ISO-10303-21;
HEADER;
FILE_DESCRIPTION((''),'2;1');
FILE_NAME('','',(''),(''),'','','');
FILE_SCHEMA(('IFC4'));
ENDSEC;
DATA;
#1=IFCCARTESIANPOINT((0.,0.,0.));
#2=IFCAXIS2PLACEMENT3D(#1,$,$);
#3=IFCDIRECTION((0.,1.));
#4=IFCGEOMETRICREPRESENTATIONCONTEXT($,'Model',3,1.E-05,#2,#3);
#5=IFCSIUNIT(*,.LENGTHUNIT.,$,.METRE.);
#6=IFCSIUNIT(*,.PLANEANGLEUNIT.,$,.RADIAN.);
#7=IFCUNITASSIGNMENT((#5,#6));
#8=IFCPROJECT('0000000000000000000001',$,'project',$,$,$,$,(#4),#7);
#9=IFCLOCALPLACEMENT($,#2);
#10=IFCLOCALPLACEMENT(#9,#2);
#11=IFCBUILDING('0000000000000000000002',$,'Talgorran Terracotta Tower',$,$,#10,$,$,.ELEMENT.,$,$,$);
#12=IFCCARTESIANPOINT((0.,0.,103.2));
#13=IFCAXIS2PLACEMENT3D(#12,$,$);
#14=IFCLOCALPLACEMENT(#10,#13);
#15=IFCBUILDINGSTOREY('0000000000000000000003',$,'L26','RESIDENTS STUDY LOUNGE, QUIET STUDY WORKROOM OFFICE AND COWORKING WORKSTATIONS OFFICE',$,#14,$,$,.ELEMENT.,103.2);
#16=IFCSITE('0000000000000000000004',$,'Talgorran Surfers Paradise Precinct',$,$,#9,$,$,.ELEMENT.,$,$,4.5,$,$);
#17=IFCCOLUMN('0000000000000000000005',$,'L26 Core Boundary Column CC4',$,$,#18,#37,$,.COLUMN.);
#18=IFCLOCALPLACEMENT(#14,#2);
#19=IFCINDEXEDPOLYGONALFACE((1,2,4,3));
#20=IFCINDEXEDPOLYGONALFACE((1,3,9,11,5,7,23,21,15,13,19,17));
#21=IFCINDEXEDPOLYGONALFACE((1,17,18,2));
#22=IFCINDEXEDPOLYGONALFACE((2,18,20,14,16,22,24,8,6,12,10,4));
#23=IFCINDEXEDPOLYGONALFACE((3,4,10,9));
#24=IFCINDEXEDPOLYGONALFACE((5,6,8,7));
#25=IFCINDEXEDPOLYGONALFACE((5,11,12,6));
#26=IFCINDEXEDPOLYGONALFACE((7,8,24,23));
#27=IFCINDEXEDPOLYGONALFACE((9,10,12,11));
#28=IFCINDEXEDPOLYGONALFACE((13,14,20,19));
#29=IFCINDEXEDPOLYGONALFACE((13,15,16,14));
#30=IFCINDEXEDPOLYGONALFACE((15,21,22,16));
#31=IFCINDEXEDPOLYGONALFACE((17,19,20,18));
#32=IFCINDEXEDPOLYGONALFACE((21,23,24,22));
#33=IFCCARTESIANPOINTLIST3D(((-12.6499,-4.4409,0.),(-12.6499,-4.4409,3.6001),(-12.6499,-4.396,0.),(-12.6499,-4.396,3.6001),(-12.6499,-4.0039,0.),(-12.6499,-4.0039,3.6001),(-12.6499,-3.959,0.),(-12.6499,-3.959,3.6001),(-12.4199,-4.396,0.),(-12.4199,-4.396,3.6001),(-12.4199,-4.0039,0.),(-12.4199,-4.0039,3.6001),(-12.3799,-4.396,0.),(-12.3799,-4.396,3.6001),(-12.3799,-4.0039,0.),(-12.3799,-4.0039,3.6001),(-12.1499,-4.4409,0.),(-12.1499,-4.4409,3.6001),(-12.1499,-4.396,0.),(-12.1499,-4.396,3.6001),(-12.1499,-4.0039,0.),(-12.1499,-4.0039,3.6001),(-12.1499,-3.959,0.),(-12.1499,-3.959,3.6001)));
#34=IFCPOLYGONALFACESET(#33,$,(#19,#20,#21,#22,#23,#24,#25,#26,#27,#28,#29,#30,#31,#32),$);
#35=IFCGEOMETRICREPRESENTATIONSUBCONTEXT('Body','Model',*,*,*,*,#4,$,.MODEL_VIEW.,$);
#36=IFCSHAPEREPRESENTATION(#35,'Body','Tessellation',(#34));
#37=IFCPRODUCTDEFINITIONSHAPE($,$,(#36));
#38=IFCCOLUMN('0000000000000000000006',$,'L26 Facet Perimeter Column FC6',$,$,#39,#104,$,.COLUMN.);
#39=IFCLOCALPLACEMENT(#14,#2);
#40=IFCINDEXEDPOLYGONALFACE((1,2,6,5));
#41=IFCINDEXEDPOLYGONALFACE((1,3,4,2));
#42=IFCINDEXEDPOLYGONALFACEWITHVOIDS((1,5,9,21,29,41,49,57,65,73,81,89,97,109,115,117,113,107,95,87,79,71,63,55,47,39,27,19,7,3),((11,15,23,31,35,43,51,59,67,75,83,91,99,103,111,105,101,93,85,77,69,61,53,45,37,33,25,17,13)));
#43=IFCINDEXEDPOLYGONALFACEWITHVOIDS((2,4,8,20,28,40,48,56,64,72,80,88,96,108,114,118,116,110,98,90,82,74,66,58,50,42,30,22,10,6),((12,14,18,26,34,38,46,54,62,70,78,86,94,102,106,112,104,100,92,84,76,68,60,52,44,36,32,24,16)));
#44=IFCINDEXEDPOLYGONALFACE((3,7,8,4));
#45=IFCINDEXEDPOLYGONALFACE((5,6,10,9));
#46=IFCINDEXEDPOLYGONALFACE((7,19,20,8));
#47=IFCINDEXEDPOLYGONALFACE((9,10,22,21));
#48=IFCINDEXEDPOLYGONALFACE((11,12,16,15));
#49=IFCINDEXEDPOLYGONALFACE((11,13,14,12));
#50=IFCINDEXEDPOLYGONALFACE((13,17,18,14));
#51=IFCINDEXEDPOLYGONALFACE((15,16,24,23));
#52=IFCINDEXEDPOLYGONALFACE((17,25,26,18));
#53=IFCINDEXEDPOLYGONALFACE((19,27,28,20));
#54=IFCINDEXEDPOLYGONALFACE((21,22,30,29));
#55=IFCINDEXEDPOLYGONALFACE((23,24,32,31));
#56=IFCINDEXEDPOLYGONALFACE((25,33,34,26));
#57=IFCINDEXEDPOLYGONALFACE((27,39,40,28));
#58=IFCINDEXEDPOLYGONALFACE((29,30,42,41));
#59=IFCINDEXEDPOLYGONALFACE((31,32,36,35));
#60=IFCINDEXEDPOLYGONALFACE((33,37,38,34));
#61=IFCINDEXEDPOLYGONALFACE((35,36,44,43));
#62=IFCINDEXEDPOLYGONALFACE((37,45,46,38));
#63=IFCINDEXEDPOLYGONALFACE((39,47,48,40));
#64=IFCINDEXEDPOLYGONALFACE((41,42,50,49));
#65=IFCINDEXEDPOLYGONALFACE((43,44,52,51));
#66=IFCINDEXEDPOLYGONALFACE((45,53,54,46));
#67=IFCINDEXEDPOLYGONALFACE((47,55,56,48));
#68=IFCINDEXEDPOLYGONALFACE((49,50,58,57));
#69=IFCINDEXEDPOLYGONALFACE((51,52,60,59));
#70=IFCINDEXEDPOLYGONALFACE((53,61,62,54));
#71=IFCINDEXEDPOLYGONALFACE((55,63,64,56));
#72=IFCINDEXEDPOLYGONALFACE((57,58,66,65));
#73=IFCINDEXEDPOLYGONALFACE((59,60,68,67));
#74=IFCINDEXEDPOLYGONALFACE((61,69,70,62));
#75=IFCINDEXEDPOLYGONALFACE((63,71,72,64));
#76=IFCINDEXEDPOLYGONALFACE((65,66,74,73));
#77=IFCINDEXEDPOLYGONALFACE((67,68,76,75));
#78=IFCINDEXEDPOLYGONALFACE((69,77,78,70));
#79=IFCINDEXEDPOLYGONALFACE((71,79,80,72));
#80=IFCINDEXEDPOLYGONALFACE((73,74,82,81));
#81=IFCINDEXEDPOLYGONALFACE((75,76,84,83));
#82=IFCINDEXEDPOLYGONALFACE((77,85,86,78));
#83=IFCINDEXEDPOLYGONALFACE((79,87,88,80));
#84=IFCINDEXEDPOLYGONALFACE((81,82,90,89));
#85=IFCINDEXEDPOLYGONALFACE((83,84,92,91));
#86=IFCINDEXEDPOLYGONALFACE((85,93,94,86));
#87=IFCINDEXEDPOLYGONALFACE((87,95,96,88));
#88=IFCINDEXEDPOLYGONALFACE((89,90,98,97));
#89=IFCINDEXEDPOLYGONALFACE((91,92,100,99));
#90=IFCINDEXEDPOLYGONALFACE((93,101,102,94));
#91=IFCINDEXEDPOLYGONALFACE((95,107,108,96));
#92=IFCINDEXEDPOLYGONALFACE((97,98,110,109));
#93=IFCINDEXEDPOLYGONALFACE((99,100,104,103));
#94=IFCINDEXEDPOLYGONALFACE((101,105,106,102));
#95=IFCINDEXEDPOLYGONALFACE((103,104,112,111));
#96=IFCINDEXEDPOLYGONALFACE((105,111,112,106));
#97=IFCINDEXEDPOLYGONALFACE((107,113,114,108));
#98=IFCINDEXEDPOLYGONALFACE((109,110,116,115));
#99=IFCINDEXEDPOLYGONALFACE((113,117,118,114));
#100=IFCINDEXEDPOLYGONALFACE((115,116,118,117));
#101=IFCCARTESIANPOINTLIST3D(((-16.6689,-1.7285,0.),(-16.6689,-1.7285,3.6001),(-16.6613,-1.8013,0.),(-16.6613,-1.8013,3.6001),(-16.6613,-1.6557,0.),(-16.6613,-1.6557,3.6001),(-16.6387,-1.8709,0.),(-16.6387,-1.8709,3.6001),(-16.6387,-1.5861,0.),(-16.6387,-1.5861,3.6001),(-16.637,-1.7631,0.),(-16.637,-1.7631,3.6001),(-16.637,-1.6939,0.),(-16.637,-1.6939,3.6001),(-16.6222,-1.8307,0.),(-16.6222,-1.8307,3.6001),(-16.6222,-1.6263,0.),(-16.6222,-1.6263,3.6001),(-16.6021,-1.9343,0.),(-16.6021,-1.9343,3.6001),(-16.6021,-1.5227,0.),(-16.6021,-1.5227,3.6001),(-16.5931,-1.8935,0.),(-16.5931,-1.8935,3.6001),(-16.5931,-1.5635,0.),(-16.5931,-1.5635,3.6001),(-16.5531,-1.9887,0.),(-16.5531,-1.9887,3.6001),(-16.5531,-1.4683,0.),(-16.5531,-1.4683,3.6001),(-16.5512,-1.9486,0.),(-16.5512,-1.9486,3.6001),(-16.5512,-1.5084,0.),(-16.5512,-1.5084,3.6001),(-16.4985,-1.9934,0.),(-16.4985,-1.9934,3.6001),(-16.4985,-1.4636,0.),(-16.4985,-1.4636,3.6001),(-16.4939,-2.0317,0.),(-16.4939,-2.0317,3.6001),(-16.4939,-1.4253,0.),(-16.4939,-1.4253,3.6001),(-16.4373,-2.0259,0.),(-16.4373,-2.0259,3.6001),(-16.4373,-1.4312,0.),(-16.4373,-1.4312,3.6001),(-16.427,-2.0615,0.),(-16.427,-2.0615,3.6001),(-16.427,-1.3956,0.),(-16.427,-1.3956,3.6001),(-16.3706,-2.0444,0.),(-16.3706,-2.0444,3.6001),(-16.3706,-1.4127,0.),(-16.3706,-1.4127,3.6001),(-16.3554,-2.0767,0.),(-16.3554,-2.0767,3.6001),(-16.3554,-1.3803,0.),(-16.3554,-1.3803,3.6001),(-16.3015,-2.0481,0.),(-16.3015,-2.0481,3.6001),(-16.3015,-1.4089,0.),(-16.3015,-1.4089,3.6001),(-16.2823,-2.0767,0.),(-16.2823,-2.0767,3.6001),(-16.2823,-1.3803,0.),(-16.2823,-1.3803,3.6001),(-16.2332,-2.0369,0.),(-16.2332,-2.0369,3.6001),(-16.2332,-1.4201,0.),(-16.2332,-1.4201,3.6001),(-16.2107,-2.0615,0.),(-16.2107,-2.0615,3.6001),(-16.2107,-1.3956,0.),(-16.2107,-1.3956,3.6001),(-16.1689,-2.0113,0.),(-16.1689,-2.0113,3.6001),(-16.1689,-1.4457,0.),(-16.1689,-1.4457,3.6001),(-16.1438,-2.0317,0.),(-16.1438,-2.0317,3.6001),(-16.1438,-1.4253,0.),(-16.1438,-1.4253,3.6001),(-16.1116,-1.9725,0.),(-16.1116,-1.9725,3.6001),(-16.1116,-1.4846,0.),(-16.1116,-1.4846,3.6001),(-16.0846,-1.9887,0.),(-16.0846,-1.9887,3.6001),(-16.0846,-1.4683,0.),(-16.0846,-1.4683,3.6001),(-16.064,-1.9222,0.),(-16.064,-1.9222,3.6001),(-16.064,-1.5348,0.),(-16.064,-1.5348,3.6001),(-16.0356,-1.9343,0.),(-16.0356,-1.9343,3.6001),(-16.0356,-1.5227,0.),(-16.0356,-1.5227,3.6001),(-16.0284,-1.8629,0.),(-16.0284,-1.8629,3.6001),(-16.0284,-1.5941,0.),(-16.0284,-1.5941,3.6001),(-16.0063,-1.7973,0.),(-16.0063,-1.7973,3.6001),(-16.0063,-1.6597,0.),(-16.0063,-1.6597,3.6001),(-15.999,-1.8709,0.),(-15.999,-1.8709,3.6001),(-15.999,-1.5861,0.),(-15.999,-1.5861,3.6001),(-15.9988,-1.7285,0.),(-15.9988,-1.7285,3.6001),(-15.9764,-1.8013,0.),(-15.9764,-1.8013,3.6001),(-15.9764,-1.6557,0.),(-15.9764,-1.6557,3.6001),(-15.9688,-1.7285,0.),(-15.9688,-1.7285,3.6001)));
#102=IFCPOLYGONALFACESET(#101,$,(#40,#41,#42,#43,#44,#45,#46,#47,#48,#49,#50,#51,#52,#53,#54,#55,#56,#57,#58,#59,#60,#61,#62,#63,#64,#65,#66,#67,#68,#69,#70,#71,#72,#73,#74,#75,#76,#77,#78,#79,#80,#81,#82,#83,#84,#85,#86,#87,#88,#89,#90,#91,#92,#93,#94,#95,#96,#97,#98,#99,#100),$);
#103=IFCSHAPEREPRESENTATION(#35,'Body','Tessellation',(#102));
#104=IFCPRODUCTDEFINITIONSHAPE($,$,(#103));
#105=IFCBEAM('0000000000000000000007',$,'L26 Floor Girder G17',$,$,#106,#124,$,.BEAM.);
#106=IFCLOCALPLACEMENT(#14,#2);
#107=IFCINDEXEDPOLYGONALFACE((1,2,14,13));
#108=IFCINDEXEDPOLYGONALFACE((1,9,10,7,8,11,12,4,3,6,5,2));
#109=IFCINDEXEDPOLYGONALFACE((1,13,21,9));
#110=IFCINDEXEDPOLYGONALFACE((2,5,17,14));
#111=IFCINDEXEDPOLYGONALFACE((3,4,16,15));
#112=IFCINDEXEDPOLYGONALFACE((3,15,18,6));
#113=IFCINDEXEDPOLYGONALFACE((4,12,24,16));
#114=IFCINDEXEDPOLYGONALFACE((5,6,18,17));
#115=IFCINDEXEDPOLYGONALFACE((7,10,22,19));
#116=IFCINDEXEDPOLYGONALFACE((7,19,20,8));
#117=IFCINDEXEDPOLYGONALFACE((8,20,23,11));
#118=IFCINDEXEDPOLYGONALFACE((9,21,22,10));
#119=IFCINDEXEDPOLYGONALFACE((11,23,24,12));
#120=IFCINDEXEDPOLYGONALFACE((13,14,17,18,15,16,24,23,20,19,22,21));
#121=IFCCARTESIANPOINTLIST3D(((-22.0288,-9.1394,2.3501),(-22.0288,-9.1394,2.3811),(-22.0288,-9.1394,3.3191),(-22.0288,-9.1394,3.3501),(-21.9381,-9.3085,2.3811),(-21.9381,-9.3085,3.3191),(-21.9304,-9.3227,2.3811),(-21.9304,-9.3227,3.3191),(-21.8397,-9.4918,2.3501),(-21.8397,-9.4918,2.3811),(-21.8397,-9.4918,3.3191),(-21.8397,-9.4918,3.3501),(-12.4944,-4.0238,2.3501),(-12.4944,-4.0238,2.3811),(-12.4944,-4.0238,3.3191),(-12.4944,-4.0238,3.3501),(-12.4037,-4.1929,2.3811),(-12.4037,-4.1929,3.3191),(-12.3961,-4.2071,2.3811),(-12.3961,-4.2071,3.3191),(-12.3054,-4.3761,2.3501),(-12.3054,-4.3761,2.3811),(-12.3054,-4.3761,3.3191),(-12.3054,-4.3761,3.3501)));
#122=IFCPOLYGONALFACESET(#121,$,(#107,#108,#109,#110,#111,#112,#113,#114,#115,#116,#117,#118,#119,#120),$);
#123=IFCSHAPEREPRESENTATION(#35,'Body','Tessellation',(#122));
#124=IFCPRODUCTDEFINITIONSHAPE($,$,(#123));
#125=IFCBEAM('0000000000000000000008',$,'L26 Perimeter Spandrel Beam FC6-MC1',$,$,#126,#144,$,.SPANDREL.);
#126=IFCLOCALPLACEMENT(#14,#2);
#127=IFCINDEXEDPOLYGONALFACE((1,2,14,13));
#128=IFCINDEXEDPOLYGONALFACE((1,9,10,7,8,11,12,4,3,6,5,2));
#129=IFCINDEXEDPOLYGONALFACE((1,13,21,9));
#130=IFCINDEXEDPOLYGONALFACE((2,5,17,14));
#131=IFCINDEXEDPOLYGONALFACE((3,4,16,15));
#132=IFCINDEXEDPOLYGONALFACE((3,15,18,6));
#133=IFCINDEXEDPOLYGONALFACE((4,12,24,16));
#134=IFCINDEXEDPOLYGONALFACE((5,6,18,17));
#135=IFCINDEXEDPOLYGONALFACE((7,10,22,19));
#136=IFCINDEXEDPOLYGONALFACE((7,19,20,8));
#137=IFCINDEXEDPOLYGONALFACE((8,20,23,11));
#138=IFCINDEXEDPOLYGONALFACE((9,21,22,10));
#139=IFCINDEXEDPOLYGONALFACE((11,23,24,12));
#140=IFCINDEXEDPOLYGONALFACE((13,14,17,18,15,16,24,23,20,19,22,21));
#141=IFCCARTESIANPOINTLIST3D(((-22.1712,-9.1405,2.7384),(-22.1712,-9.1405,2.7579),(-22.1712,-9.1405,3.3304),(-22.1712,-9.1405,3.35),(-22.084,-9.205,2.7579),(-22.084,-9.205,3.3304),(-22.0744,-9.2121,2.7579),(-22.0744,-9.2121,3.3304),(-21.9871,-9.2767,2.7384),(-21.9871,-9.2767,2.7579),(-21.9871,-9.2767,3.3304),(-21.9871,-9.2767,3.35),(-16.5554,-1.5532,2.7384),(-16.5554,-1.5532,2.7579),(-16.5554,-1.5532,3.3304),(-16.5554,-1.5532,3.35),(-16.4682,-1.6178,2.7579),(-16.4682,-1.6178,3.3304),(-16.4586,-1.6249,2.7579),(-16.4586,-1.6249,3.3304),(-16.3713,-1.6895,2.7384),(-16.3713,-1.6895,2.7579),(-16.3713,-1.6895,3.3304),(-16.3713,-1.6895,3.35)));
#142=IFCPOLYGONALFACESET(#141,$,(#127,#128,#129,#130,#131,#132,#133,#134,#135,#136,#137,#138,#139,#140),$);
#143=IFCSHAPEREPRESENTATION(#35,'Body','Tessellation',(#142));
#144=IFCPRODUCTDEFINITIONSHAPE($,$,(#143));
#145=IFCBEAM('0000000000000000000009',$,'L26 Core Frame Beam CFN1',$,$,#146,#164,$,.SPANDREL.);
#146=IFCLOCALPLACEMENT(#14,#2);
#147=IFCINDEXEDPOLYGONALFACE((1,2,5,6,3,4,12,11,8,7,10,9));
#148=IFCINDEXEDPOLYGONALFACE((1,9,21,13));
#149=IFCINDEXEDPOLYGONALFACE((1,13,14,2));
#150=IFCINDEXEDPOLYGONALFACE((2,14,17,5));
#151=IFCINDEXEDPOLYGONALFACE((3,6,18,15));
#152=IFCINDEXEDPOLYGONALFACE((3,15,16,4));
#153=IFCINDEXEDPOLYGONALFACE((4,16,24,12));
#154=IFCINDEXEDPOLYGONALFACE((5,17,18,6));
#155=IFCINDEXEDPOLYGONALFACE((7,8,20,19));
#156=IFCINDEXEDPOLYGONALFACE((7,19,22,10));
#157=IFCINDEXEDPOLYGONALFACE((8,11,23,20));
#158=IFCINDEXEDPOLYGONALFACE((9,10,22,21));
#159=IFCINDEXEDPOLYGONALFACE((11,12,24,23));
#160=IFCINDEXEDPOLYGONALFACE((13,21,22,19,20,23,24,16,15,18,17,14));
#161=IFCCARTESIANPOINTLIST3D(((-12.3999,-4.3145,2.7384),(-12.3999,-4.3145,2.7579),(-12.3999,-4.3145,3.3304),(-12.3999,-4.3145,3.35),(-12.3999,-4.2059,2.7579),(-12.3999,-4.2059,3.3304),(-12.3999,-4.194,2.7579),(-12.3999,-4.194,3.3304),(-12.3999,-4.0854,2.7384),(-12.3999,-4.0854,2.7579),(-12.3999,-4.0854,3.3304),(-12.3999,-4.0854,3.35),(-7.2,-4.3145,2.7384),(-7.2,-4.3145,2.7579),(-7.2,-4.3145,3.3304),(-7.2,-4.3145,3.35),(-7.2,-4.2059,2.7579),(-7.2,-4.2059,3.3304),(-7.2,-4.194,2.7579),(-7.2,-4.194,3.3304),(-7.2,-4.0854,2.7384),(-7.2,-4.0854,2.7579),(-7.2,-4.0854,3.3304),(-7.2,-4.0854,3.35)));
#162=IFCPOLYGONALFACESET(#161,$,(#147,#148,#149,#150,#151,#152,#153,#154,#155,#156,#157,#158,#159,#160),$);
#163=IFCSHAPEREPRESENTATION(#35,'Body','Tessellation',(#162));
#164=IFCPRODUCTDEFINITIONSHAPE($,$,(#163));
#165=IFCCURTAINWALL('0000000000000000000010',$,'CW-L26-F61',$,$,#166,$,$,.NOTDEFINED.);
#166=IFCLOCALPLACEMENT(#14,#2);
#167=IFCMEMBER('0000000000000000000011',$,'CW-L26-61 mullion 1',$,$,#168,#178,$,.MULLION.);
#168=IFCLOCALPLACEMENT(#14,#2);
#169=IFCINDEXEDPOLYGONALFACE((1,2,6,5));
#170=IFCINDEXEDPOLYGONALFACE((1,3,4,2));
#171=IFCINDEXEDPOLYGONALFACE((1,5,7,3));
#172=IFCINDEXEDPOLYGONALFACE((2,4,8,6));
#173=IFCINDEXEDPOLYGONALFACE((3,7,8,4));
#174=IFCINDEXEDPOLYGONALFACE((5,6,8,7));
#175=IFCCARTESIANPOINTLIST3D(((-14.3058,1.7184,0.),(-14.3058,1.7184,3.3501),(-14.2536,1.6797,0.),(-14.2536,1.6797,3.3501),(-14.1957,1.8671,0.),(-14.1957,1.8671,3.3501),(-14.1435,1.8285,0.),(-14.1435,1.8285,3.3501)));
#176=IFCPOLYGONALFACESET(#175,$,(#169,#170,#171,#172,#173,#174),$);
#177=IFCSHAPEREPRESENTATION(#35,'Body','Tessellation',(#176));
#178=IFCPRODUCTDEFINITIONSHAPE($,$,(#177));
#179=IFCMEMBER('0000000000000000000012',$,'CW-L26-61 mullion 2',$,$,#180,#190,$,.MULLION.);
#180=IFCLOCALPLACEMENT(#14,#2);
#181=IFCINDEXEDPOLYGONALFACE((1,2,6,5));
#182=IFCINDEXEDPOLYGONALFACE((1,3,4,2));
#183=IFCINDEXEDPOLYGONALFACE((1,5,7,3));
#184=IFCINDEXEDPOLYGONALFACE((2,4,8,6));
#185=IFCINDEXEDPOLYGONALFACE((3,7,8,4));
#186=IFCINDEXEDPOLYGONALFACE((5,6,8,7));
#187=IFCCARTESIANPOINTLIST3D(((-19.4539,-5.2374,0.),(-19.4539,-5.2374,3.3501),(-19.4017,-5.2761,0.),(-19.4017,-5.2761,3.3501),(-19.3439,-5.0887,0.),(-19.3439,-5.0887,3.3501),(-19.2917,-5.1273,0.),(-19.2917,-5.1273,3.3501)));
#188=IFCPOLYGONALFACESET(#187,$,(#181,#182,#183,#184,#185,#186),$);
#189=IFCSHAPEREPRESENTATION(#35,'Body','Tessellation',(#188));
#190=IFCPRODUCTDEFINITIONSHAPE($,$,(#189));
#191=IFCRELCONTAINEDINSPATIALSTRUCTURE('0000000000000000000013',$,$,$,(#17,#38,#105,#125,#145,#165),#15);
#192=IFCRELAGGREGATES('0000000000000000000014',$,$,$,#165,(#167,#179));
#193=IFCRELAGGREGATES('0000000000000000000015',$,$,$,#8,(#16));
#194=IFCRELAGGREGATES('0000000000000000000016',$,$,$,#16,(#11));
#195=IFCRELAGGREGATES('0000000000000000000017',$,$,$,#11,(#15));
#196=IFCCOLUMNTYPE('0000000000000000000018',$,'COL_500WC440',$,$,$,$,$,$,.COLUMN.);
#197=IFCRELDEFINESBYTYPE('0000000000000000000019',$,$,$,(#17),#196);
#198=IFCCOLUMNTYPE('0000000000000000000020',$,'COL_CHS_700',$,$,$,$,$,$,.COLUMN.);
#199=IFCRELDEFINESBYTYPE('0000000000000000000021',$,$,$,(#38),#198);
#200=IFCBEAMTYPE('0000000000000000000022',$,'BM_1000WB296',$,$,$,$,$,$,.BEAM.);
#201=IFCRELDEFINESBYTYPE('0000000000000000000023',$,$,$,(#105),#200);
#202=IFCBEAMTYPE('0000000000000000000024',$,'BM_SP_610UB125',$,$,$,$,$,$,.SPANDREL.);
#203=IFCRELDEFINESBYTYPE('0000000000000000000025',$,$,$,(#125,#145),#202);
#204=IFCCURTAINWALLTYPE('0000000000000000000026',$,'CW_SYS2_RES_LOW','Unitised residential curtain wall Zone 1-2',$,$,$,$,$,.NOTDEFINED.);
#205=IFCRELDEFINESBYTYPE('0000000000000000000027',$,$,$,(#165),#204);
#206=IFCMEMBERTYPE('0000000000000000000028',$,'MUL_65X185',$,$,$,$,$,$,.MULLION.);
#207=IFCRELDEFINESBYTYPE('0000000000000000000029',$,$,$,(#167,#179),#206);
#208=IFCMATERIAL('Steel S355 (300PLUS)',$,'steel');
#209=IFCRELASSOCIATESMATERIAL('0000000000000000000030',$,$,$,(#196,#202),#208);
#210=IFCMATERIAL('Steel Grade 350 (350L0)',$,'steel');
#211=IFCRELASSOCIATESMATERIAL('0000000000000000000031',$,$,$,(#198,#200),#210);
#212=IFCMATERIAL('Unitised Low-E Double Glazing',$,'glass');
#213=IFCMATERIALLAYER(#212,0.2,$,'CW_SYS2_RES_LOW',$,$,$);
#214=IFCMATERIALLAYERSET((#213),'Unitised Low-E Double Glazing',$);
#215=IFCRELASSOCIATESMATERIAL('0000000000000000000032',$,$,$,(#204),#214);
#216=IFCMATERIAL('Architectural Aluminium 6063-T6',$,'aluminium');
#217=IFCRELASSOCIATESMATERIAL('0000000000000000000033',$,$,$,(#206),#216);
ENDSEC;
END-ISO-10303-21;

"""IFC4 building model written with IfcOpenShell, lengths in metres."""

from ifc_helpers import new_model, si_unit, direction, frame, origin, origin_2d, place, context, subcontext, project, spatial, rectangle, hollow_circle, i_section, extrude, material, layer, layer_set, material_profile, profile_set, type_object, element, aggregate, save


model = new_model("IFC4")

# Units and contexts
model_context = context("Model", 3, precision=1e-05, world=origin(), true_north=direction((0.0, 1.0)))
body_context = subcontext(model_context, "Body", "Model", "MODEL_VIEW")
ifc_project = project(units=[si_unit("LENGTHUNIT", "METRE"), si_unit("PLANEANGLEUNIT", "RADIAN")], contexts=[model_context])

# Site, building, storey
site_placement = place(None, origin())
site = spatial("IfcSite", under=ifc_project, at=site_placement, Name="Talgorran Surfers Paradise Precinct", CompositionType="ELEMENT", RefElevation=4.5)
building_placement = place(site_placement, origin())
building = spatial("IfcBuilding", under=site, at=building_placement, Name="Talgorran Terracotta Tower", CompositionType="ELEMENT")
storey_placement = place(building_placement, frame((0.0, 0.0, 103.2)))
storey = spatial("IfcBuildingStorey", under=building, at=storey_placement, Name="L26", Description="RESIDENTS STUDY LOUNGE, QUIET STUDY WORKROOM OFFICE AND COWORKING WORKSTATIONS OFFICE", CompositionType="ELEMENT", Elevation=103.2)

# Columns
ifc_material_1 = material(Name="Steel S355 (300PLUS)", Category="steel")
ifc_material_profile_1 = material_profile(ifc_material_1, i_section(OverallWidth=0.5, OverallDepth=0.4819, WebThickness=0.04, FlangeThickness=0.0449, at=origin_2d()), Name="500WC440")
ifc_profile_set_1 = profile_set([ifc_material_profile_1], Name="Steel S355 (300PLUS)")
column_type_1 = type_object("IfcColumnType", Name="COL_500WC440", PredefinedType="COLUMN", material=ifc_profile_set_1)
column_1_placement = place(storey_placement, frame((-12.3999, -4.2, 0.0), z_axis=(0.0, 0.0, 1.0), x_axis=(1.0, 0.0, 0.0)))
element("IfcColumn", 1, at=column_1_placement, inside=storey, type_object=column_type_1, Name="L26 Core Boundary Column CC4", PredefinedType="COLUMN", context=body_context, shape_type="SweptSolid", body=[
    extrude(i_section(OverallWidth=0.5, OverallDepth=0.4819, WebThickness=0.04, FlangeThickness=0.0449, at=origin_2d()), origin(), (0.0, 0.0, 1.0), 3.6001),
])
ifc_material_2 = material(Name="Steel Grade 350 (350L0)", Category="steel")
ifc_material_profile_2 = material_profile(ifc_material_2, hollow_circle(Radius=0.3501, WallThickness=0.03, at=origin_2d()), Name="CHS700X30")
ifc_profile_set_2 = profile_set([ifc_material_profile_2], Name="Steel Grade 350 (350L0)")
column_type_2 = type_object("IfcColumnType", Name="COL_CHS_700", PredefinedType="COLUMN", material=ifc_profile_set_2)
column_2_placement = place(storey_placement, frame((-16.3188, -1.7285, 0.0), z_axis=(0.0, 0.0, 1.0), x_axis=(1.0, 0.0, 0.0)))
element("IfcColumn", 2, at=column_2_placement, inside=storey, type_object=column_type_2, Name="L26 Facet Perimeter Column FC6", PredefinedType="COLUMN", context=body_context, shape_type="SweptSolid", body=[
    extrude(hollow_circle(Radius=0.3501, WallThickness=0.03, at=origin_2d()), origin(), (0.0, 0.0, 1.0), 3.6001),
])

# Beams
ifc_material_profile_3 = material_profile(ifc_material_2, i_section(OverallWidth=0.3999, OverallDepth=1.0, WebThickness=0.0161, FlangeThickness=0.031, at=origin_2d()), Name="1000WB296")
ifc_profile_set_3 = profile_set([ifc_material_profile_3], Name="Steel Grade 350 (350L0)")
beam_type_1 = type_object("IfcBeamType", Name="BM_1000WB296", PredefinedType="BEAM", material=ifc_profile_set_3)
beam_1_placement = place(storey_placement, frame((-12.3999, -4.2, 2.8501), z_axis=(-0.881172, -0.472795, 0.0), x_axis=(0.472795, -0.881172, 0.0)))
element("IfcBeam", 3, at=beam_1_placement, inside=storey, type_object=beam_type_1, Name="L26 Floor Girder G17", PredefinedType="BEAM", context=body_context, shape_type="SweptSolid", body=[
    extrude(i_section(OverallWidth=0.3999, OverallDepth=1.0, WebThickness=0.0161, FlangeThickness=0.031, at=origin_2d()), origin(), (0.0, 0.0, 1.0), 10.8201),
])
ifc_material_profile_4 = material_profile(ifc_material_1, i_section(OverallWidth=0.229, OverallDepth=0.6116, WebThickness=0.012, FlangeThickness=0.0195, at=origin_2d()), Name="610UB125")
ifc_profile_set_4 = profile_set([ifc_material_profile_4], Name="Steel S355 (300PLUS)")
beam_type_2 = type_object("IfcBeamType", Name="BM_SP_610UB125", PredefinedType="SPANDREL", material=ifc_profile_set_4)
beam_2_placement = place(storey_placement, frame((-16.4634, -1.6213, 3.0442), z_axis=(-0.594927, -0.80378, 0.0), x_axis=(0.80378, -0.594927, 0.0)))
element("IfcBeam", 4, at=beam_2_placement, inside=storey, type_object=beam_type_2, Name="L26 Perimeter Spandrel Beam FC6-MC1", PredefinedType="SPANDREL", context=body_context, shape_type="SweptSolid", body=[
    extrude(i_section(OverallWidth=0.229, OverallDepth=0.6116, WebThickness=0.012, FlangeThickness=0.0195, at=origin_2d()), origin(), (0.0, 0.0, 1.0), 9.4395),
])
beam_3_placement = place(storey_placement, frame((-12.3999, -4.2, 3.0442), z_axis=(1.0, 0.0, 0.0), x_axis=(0.0, 1.0, 0.0)))
element("IfcBeam", 5, at=beam_3_placement, inside=storey, type_object=beam_type_2, Name="L26 Core Frame Beam CFN1", PredefinedType="SPANDREL", context=body_context, shape_type="SweptSolid", body=[
    extrude(i_section(OverallWidth=0.229, OverallDepth=0.6116, WebThickness=0.012, FlangeThickness=0.0195, at=origin_2d()), origin(), (0.0, 0.0, 1.0), 5.2),
])

# Curtain wall, members
ifc_material_3 = material(Name="Unitised Low-E Double Glazing", Category="glass")
ifc_layer_1 = layer(ifc_material_3, 0.2, Name="CW_SYS2_RES_LOW")
ifc_layer_set_1 = layer_set([ifc_layer_1], Name="Unitised Low-E Double Glazing")
curtain_wall_type = type_object("IfcCurtainWallType", Name="CW_SYS2_RES_LOW", Description="Unitised residential curtain wall Zone 1-2", PredefinedType="NOTDEFINED", material=ifc_layer_set_1)
curtain_wall_placement = place(storey_placement, origin())
curtain_wall = element("IfcCurtainWall", 6, at=curtain_wall_placement, inside=storey, type_object=curtain_wall_type, Name="CW-L26-F61", PredefinedType="NOTDEFINED")
ifc_material_4 = material(Name="Architectural Aluminium 6063-T6", Category="aluminium")
ifc_material_profile_5 = material_profile(ifc_material_4, rectangle(XDim=0.0649, YDim=0.1851, at=origin_2d()), Name="CWM65X185")
ifc_profile_set_5 = profile_set([ifc_material_profile_5], Name="Architectural Aluminium 6063-T6")
member_type_1 = type_object("IfcMemberType", Name="MUL_65X185", PredefinedType="MULLION", material=ifc_profile_set_5)
member_1_placement = place(storey_placement, frame((-14.2246, 1.7734, 0.0), z_axis=(0.0, 0.0, 1.0), x_axis=(0.803792, -0.59491, 0.0)))
member_1 = element("IfcMember", 7, at=member_1_placement, type_object=member_type_1, Name="CW-L26-61 mullion 1", PredefinedType="MULLION", context=body_context, shape_type="SweptSolid", body=[
    extrude(rectangle(XDim=0.0649, YDim=0.1851, at=origin_2d()), origin(), (0.0, 0.0, 1.0), 3.3501),
])
member_2_placement = place(storey_placement, frame((-19.3728, -5.1824, 0.0), z_axis=(0.0, 0.0, 1.0), x_axis=(0.803792, -0.59491, 0.0)))
member_2 = element("IfcMember", 8, at=member_2_placement, type_object=member_type_1, Name="CW-L26-61 mullion 2", PredefinedType="MULLION", context=body_context, shape_type="SweptSolid", body=[
    extrude(rectangle(XDim=0.0649, YDim=0.1851, at=origin_2d()), origin(), (0.0, 0.0, 1.0), 3.3501),
])
aggregate(curtain_wall, [member_1, member_2])

save(model, "model.ifc")
